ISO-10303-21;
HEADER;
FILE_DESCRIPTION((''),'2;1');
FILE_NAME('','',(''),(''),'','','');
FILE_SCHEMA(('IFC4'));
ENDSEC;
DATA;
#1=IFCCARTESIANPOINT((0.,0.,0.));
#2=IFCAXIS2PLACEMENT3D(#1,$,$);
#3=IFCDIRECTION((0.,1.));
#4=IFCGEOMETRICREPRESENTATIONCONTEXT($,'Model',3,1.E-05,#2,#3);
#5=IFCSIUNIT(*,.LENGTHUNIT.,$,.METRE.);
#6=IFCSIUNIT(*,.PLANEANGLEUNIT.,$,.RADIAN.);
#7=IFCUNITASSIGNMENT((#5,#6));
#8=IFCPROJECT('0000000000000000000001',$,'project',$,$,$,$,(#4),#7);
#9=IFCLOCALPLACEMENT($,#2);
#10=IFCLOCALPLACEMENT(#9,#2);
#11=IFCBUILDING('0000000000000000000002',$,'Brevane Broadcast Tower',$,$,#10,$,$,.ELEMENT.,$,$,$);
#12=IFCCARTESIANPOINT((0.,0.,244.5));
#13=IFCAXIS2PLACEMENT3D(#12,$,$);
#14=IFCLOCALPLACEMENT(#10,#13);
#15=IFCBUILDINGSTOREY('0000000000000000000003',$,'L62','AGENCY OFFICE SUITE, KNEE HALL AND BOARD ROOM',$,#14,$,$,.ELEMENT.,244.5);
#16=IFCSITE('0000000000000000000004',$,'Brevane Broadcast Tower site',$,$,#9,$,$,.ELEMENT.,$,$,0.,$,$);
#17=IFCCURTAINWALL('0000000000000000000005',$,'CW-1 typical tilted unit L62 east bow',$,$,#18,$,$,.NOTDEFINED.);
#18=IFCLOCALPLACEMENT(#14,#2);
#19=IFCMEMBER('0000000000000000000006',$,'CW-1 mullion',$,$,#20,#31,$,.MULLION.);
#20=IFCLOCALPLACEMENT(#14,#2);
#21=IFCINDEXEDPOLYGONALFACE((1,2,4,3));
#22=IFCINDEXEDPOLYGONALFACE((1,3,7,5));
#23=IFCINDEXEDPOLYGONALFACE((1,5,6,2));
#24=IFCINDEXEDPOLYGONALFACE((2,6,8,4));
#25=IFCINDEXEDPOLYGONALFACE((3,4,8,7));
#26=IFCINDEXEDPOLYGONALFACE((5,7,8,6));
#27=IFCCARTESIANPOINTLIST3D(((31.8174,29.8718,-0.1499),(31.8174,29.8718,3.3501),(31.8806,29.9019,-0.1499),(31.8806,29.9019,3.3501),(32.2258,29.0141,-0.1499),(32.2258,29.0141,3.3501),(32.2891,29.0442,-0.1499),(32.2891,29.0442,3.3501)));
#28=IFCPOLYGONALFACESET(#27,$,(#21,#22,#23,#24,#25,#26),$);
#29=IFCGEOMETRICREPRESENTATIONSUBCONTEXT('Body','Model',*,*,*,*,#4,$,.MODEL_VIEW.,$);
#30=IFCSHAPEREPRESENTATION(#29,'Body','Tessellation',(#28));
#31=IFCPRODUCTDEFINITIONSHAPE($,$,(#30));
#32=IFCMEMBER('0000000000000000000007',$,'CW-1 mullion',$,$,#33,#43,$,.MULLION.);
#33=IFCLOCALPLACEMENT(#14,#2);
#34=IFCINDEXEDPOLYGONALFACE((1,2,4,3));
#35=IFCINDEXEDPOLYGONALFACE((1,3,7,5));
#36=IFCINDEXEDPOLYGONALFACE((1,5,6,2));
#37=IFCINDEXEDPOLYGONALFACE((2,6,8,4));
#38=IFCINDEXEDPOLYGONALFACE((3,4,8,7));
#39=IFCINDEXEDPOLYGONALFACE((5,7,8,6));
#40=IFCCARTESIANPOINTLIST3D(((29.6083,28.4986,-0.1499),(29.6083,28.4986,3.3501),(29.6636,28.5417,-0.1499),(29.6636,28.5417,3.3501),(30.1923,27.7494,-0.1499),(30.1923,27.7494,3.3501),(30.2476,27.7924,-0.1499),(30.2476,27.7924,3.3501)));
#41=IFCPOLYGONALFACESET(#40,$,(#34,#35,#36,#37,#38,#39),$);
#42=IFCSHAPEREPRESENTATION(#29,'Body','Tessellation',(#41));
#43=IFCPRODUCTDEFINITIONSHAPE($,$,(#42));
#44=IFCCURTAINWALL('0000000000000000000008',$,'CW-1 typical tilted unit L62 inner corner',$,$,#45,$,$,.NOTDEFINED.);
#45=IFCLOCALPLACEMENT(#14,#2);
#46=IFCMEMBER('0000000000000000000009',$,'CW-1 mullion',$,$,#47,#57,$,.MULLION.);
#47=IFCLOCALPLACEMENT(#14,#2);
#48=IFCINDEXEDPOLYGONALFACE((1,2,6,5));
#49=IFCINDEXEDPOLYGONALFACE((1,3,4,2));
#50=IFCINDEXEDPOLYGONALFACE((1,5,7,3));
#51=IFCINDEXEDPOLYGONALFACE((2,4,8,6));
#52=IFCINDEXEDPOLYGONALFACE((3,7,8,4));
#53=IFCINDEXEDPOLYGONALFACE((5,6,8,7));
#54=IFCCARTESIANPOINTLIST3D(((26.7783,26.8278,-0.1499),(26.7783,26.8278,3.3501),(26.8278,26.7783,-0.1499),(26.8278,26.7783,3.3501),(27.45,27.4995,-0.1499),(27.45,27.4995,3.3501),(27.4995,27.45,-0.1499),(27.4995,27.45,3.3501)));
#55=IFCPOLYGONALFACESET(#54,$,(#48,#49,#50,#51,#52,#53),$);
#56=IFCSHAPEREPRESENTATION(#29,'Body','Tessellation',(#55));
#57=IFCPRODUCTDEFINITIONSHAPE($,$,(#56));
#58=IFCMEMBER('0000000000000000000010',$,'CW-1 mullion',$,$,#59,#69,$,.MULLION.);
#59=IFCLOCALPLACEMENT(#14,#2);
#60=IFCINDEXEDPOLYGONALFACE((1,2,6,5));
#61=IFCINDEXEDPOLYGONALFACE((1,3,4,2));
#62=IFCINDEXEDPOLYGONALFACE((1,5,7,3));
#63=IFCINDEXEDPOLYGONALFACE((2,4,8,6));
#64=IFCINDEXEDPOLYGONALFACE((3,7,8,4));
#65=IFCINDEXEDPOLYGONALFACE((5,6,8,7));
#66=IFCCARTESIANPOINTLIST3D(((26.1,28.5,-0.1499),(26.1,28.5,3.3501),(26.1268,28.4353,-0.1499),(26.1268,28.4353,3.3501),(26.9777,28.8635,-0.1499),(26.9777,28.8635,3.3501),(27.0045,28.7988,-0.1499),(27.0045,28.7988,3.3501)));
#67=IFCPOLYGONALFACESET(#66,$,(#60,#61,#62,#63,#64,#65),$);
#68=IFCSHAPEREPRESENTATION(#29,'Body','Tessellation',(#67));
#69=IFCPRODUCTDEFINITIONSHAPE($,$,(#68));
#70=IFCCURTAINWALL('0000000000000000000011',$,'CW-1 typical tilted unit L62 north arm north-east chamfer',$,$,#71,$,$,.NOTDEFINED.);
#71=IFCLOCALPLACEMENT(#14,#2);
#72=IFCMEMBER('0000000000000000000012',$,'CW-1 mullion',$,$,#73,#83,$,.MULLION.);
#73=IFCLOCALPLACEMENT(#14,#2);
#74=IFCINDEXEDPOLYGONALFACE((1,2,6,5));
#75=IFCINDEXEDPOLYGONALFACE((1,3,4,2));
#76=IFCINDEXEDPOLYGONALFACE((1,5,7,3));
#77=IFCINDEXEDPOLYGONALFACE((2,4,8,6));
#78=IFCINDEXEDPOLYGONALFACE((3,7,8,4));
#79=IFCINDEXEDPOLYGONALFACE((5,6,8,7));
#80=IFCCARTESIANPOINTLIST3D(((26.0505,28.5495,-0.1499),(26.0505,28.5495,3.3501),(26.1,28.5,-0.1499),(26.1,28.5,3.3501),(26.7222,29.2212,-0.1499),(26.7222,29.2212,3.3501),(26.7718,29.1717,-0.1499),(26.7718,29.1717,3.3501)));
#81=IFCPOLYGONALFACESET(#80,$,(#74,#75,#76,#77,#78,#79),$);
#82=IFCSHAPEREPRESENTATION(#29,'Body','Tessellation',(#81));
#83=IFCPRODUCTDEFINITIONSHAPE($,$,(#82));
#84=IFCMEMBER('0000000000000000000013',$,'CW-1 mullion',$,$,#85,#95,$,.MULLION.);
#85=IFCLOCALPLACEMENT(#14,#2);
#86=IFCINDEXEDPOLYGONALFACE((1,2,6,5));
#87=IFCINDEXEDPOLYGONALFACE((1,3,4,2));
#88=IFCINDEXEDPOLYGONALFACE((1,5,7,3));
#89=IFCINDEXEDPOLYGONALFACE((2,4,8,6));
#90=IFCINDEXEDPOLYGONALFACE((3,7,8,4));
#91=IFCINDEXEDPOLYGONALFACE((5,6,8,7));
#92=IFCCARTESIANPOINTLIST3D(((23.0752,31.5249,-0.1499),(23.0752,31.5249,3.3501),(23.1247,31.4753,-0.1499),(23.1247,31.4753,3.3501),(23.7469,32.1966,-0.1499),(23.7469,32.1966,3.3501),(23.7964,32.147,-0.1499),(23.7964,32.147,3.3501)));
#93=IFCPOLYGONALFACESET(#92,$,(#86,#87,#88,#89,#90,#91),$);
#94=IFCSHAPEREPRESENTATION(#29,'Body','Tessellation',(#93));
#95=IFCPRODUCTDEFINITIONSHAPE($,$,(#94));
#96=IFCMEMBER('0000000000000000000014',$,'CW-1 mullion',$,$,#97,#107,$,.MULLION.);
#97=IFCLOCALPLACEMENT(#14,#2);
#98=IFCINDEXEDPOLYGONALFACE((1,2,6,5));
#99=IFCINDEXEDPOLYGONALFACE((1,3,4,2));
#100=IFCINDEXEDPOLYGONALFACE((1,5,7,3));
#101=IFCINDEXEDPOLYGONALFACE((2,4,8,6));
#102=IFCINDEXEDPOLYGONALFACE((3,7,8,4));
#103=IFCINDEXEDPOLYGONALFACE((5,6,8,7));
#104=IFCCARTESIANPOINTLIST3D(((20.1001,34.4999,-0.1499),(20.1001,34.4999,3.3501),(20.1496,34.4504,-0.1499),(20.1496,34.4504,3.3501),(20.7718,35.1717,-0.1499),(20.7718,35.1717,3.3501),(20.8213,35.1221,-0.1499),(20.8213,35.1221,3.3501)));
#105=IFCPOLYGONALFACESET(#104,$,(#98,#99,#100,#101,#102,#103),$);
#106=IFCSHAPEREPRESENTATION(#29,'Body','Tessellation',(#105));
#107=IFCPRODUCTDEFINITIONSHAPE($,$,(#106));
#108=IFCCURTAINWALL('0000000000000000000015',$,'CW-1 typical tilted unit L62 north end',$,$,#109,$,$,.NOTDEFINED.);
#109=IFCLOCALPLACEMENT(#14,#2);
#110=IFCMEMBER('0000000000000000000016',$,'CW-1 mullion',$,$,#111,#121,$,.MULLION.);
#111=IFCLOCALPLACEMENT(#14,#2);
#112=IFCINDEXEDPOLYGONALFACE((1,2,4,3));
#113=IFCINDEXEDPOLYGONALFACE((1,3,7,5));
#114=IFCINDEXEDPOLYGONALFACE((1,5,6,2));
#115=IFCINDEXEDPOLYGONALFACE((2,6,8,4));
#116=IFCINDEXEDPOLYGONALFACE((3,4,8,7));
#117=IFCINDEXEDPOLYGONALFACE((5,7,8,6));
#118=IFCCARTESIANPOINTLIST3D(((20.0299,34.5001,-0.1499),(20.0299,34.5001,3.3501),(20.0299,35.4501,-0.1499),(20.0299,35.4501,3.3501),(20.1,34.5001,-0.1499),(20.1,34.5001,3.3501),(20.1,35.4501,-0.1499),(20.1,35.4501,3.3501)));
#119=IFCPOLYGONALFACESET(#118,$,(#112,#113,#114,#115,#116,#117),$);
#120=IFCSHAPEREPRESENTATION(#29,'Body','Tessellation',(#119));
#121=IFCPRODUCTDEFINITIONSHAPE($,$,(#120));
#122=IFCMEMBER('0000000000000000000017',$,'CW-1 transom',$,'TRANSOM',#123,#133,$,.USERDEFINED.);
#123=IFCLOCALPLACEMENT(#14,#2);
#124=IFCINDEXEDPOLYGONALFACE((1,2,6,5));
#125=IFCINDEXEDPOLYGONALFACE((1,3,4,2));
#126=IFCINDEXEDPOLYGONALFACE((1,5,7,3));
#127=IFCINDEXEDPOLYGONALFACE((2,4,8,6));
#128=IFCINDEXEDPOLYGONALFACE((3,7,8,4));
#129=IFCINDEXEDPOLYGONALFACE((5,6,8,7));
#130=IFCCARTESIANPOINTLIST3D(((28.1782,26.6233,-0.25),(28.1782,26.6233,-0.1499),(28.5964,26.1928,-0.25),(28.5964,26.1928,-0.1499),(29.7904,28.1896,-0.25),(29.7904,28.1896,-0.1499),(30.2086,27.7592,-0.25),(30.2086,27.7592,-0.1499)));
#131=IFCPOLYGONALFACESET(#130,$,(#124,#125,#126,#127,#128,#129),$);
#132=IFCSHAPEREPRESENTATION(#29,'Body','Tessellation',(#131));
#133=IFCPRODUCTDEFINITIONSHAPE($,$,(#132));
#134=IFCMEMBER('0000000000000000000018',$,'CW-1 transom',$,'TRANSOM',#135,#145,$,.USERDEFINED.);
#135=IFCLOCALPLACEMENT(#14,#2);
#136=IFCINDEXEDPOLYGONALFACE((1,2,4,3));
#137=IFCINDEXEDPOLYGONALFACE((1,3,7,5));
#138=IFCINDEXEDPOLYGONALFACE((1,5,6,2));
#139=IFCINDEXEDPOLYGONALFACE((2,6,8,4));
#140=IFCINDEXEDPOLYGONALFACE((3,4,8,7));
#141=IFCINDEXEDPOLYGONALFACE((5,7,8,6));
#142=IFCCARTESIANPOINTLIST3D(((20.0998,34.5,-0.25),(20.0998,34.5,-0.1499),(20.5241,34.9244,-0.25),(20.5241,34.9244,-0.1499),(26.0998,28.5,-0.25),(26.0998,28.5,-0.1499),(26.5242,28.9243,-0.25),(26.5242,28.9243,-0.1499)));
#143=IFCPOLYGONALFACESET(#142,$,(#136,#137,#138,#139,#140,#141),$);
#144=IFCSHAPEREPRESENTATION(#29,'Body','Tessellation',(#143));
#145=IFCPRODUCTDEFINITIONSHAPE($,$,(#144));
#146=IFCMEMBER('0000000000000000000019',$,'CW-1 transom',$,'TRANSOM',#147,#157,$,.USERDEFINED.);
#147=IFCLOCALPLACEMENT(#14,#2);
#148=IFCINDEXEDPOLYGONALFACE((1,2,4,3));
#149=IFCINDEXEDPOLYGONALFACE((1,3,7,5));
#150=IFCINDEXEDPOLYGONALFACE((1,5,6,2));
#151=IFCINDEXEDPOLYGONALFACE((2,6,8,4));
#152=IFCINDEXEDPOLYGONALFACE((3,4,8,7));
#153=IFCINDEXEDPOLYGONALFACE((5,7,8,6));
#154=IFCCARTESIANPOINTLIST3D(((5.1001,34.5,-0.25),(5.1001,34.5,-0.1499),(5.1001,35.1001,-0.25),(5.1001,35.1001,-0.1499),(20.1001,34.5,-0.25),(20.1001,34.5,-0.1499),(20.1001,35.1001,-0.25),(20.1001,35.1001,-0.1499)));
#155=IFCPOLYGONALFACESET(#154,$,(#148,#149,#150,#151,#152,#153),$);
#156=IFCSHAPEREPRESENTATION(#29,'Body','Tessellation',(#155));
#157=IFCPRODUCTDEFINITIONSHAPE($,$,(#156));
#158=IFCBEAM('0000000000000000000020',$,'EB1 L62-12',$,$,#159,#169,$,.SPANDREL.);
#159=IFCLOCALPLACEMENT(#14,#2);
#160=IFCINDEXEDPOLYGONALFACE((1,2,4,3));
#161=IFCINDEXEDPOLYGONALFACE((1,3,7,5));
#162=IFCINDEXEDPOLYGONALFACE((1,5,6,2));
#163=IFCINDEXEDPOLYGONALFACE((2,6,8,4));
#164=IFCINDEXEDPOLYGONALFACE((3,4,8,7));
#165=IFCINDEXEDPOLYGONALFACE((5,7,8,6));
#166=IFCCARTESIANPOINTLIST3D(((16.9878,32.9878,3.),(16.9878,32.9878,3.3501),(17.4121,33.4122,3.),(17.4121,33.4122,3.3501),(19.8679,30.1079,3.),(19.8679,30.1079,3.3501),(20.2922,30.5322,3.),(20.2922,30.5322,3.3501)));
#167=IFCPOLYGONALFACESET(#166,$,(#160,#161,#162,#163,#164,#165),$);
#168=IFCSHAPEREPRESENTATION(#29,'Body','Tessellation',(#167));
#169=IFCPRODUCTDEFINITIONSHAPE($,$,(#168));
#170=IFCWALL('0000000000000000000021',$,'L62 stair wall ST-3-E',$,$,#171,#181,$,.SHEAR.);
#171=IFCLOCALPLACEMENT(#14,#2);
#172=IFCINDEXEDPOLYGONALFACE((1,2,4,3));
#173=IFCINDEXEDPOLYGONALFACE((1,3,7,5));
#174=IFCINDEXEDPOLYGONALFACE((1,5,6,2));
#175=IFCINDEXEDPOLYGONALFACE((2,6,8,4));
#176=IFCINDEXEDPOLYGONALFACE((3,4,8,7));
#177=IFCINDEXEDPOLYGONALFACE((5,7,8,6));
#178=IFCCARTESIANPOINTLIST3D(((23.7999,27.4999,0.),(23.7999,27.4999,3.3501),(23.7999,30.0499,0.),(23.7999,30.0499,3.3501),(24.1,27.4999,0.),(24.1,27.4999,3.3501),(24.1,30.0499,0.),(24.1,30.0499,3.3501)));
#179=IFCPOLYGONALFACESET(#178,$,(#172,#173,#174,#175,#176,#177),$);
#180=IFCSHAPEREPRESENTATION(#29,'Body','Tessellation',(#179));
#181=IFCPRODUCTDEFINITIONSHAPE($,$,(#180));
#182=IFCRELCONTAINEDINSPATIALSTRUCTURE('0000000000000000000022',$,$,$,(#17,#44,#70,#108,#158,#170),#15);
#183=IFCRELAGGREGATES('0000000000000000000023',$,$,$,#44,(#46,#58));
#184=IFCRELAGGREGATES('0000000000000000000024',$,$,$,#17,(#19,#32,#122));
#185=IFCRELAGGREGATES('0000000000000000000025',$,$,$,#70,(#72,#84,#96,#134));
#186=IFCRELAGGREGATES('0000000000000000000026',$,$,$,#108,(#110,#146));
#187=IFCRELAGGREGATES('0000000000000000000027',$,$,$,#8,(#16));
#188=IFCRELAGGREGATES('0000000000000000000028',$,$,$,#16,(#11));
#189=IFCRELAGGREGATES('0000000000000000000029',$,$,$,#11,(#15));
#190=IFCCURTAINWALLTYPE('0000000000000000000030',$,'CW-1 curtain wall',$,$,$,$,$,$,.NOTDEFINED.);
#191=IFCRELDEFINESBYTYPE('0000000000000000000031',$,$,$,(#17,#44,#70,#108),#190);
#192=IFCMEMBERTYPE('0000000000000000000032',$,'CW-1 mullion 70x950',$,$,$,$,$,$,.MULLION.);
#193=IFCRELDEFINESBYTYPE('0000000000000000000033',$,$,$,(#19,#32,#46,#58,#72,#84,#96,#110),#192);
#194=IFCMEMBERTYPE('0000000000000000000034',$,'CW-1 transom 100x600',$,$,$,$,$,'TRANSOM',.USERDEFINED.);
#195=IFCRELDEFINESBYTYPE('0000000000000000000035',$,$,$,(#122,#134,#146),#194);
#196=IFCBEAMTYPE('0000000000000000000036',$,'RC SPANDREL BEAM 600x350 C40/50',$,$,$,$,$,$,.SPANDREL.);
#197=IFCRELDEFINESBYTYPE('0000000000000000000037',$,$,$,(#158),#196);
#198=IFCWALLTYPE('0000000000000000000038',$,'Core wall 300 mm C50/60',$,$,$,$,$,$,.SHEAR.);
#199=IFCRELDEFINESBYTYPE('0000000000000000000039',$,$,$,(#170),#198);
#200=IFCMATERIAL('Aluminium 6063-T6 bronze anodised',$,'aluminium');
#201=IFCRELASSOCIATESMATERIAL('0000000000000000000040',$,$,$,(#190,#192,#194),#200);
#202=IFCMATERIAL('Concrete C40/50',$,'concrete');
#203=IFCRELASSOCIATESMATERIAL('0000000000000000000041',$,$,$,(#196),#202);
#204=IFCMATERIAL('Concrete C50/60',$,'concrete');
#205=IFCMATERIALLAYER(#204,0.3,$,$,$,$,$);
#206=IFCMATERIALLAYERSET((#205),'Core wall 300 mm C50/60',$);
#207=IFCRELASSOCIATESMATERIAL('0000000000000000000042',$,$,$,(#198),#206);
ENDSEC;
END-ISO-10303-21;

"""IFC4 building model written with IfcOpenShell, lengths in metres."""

from ifc_helpers import new_model, si_unit, direction, frame, frame_2d, origin, origin_2d, place, context, subcontext, project, spatial, rectangle, extrude, material, layer, layer_set, material_profile, profile_set, type_object, element, aggregate, save


model = new_model("IFC4")

# Units and contexts
model_context = context("Model", 3, precision=1e-05, world=origin(), true_north=direction((0.0, 1.0)))
body_context = subcontext(model_context, "Body", "Model", "MODEL_VIEW")
ifc_project = project(units=[si_unit("LENGTHUNIT", "METRE"), si_unit("PLANEANGLEUNIT", "RADIAN")], contexts=[model_context])

# Site, building, storey
site_placement = place(None, origin())
site = spatial("IfcSite", under=ifc_project, at=site_placement, Name="Brevane Broadcast Tower site", CompositionType="ELEMENT", RefElevation=0.0)
building_placement = place(site_placement, origin())
building = spatial("IfcBuilding", under=site, at=building_placement, Name="Brevane Broadcast Tower", CompositionType="ELEMENT")
storey_placement = place(building_placement, frame((0.0, 0.0, 244.5)))
storey = spatial("IfcBuildingStorey", under=building, at=storey_placement, Name="L62", Description="AGENCY OFFICE SUITE, KNEE HALL AND BOARD ROOM", CompositionType="ELEMENT", Elevation=244.5)

# Curtain walls, members
ifc_material_1 = material(Name="Aluminium 6063-T6 bronze anodised", Category="aluminium")
curtain_wall_type = type_object("IfcCurtainWallType", Name="CW-1 curtain wall", PredefinedType="NOTDEFINED", material=ifc_material_1)
curtain_wall_1_placement = place(storey_placement, origin())
curtain_wall_1 = element("IfcCurtainWall", 1, at=curtain_wall_1_placement, inside=storey, type_object=curtain_wall_type, Name="CW-1 typical tilted unit L62 east bow", PredefinedType="NOTDEFINED")
ifc_material_profile_1 = material_profile(ifc_material_1, rectangle(XDim=0.95, YDim=0.0701, at=origin_2d()), Name="RECT 70x950")
ifc_profile_set_1 = profile_set([ifc_material_profile_1], Name="Aluminium 6063-T6 bronze anodised")
member_type_1 = type_object("IfcMemberType", Name="CW-1 mullion 70x950", PredefinedType="MULLION", material=ifc_profile_set_1)
member_1_placement = place(storey_placement, frame((32.0532, 29.458, -0.1499), z_axis=(0.0, 0.0, 1.0), x_axis=(0.429934, -0.902861, 0.0)))
member_1 = element("IfcMember", 2, at=member_1_placement, type_object=member_type_1, Name="CW-1 mullion", PredefinedType="MULLION", context=body_context, shape_type="SweptSolid", body=[
    extrude(rectangle(XDim=0.95, YDim=0.0701, at=origin_2d()), origin(), (0.0, 0.0, 1.0), 3.5),
])
member_2_placement = place(storey_placement, frame((29.928, 28.1455, -0.1499), z_axis=(0.0, 0.0, 1.0), x_axis=(0.61477, -0.788707, 0.0)))
member_2 = element("IfcMember", 3, at=member_2_placement, type_object=member_type_1, Name="CW-1 mullion", PredefinedType="MULLION", context=body_context, shape_type="SweptSolid", body=[
    extrude(rectangle(XDim=0.95, YDim=0.0701, at=origin_2d()), origin(), (0.0, 0.0, 1.0), 3.5),
])
curtain_wall_2_placement = place(storey_placement, origin())
curtain_wall_2 = element("IfcCurtainWall", 4, at=curtain_wall_2_placement, inside=storey, type_object=curtain_wall_type, Name="CW-1 typical tilted unit L62 inner corner", PredefinedType="NOTDEFINED")
member_3_placement = place(storey_placement, frame((27.1389, 27.1389, -0.1499), z_axis=(0.0, 0.0, 1.0), x_axis=(-0.707107, -0.707107, 0.0)))
member_3 = element("IfcMember", 5, at=member_3_placement, type_object=member_type_1, Name="CW-1 mullion", PredefinedType="MULLION", context=body_context, shape_type="SweptSolid", body=[
    extrude(rectangle(XDim=0.95, YDim=0.0701, at=origin_2d()), origin(), (0.0, 0.0, 1.0), 3.5),
])
member_4_placement = place(storey_placement, frame((26.5522, 28.6494, -0.1499), z_axis=(0.0, 0.0, 1.0), x_axis=(-0.92388, -0.382683, 0.0)))
member_4 = element("IfcMember", 6, at=member_4_placement, type_object=member_type_1, Name="CW-1 mullion", PredefinedType="MULLION", context=body_context, shape_type="SweptSolid", body=[
    extrude(rectangle(XDim=0.95, YDim=0.0701, at=origin_2d()), origin(), (0.0, 0.0, 1.0), 3.5),
])
aggregate(curtain_wall_2, [member_3, member_4])
curtain_wall_3_placement = place(storey_placement, origin())
curtain_wall_3 = element("IfcCurtainWall", 7, at=curtain_wall_3_placement, inside=storey, type_object=curtain_wall_type, Name="CW-1 typical tilted unit L62 north arm north-east chamfer", PredefinedType="NOTDEFINED")
member_5_placement = place(storey_placement, frame((26.4111, 28.8606, -0.1499), z_axis=(0.0, 0.0, 1.0), x_axis=(-0.707107, -0.707107, 0.0)))
member_5 = element("IfcMember", 8, at=member_5_placement, type_object=member_type_1, Name="CW-1 mullion", PredefinedType="MULLION", context=body_context, shape_type="SweptSolid", body=[
    extrude(rectangle(XDim=0.95, YDim=0.0701, at=origin_2d()), origin(), (0.0, 0.0, 1.0), 3.5),
])
member_6_placement = place(storey_placement, frame((23.4358, 31.8359, -0.1499), z_axis=(0.0, 0.0, 1.0), x_axis=(-0.707107, -0.707107, 0.0)))
member_6 = element("IfcMember", 9, at=member_6_placement, type_object=member_type_1, Name="CW-1 mullion", PredefinedType="MULLION", context=body_context, shape_type="SweptSolid", body=[
    extrude(rectangle(XDim=0.95, YDim=0.0701, at=origin_2d()), origin(), (0.0, 0.0, 1.0), 3.5),
])
member_7_placement = place(storey_placement, frame((20.4607, 34.811, -0.1499), z_axis=(0.0, 0.0, 1.0), x_axis=(-0.707107, -0.707107, 0.0)))
member_7 = element("IfcMember", 10, at=member_7_placement, type_object=member_type_1, Name="CW-1 mullion", PredefinedType="MULLION", context=body_context, shape_type="SweptSolid", body=[
    extrude(rectangle(XDim=0.95, YDim=0.0701, at=origin_2d()), origin(), (0.0, 0.0, 1.0), 3.5),
])

# Curtain wall, member
curtain_wall_4_placement = place(storey_placement, origin())
curtain_wall_4 = element("IfcCurtainWall", 11, at=curtain_wall_4_placement, inside=storey, type_object=curtain_wall_type, Name="CW-1 typical tilted unit L62 north end", PredefinedType="NOTDEFINED")
member_8_placement = place(storey_placement, frame((20.0649, 34.9751, -0.1499), z_axis=(0.0, 0.0, 1.0), x_axis=(0.0, -1.0, 0.0)))
member_8 = element("IfcMember", 12, at=member_8_placement, type_object=member_type_1, Name="CW-1 mullion", PredefinedType="MULLION", context=body_context, shape_type="SweptSolid", body=[
    extrude(rectangle(XDim=0.95, YDim=0.0701, at=origin_2d()), origin(), (0.0, 0.0, 1.0), 3.5),
])

# Members
ifc_material_profile_2 = material_profile(ifc_material_1, rectangle(XDim=0.6001, YDim=0.1001, at=origin_2d()), Name="RECT 100x600")
ifc_profile_set_2 = profile_set([ifc_material_profile_2], Name="Aluminium 6063-T6 bronze anodised")
member_type_2 = type_object("IfcMemberType", Name="CW-1 transom 100x600", ElementType="TRANSOM", PredefinedType="USERDEFINED", material=ifc_profile_set_2)
member_9_placement = place(storey_placement, frame((29.9995, 27.9744, -0.2), z_axis=(-0.717242, -0.696824, 0.0), x_axis=(0.696824, -0.717242, 0.0)))
member_9 = element("IfcMember", 13, at=member_9_placement, type_object=member_type_2, Name="CW-1 transom", ObjectType="TRANSOM", PredefinedType="USERDEFINED", context=body_context, shape_type="SweptSolid", body=[
    extrude(rectangle(XDim=0.6001, YDim=0.1001, at=origin_2d()), origin(), (0.0, 0.0, 1.0), 2.2478),
])
aggregate(curtain_wall_1, [member_1, member_2, member_9])
member_10_placement = place(storey_placement, frame((26.312, 28.7122, -0.2), z_axis=(-0.707107, 0.707107, 0.0), x_axis=(-0.707107, -0.707107, 0.0)))
member_10 = element("IfcMember", 14, at=member_10_placement, type_object=member_type_2, Name="CW-1 transom", ObjectType="TRANSOM", PredefinedType="USERDEFINED", context=body_context, shape_type="SweptSolid", body=[
    extrude(rectangle(XDim=0.6001, YDim=0.1001, at=origin_2d()), origin(), (0.0, 0.0, 1.0), 8.4854),
])
aggregate(curtain_wall_3, [member_5, member_6, member_7, member_10])
member_11_placement = place(storey_placement, frame((20.1001, 34.8, -0.2), z_axis=(-1.0, 0.0, 0.0), x_axis=(0.0, -1.0, 0.0)))
member_11 = element("IfcMember", 15, at=member_11_placement, type_object=member_type_2, Name="CW-1 transom", ObjectType="TRANSOM", PredefinedType="USERDEFINED", context=body_context, shape_type="SweptSolid", body=[
    extrude(rectangle(XDim=0.6001, YDim=0.1001, at=origin_2d()), origin(), (0.0, 0.0, 1.0), 15.0),
])
aggregate(curtain_wall_4, [member_8, member_11])

# Beam
ifc_material_2 = material(Name="Concrete C40/50", Category="concrete")
ifc_material_profile_3 = material_profile(ifc_material_2, rectangle(XDim=0.6001, YDim=0.3501, at=origin_2d()), Name="RC 600x350")
ifc_profile_set_3 = profile_set([ifc_material_profile_3], Name="Concrete C40/50")
beam_type = type_object("IfcBeamType", Name="RC SPANDREL BEAM 600x350 C40/50", PredefinedType="SPANDREL", material=ifc_profile_set_3)
beam_placement = place(storey_placement, frame((20.0801, 30.3201, 3.175), z_axis=(-0.707137, 0.707077, 0.0), x_axis=(-0.707077, -0.707137, 0.0)))
element("IfcBeam", 16, at=beam_placement, inside=storey, type_object=beam_type, Name="EB1 L62-12", PredefinedType="SPANDREL", context=body_context, shape_type="SweptSolid", body=[
    extrude(rectangle(XDim=0.6001, YDim=0.3501, at=origin_2d()), origin(), (0.0, 0.0, 1.0), 4.073),
])

# Wall
ifc_material_3 = material(Name="Concrete C50/60", Category="concrete")
ifc_layer_1 = layer(ifc_material_3, 0.3)
ifc_layer_set_1 = layer_set([ifc_layer_1], Name="Core wall 300 mm C50/60")
wall_type_1 = type_object("IfcWallType", Name="Core wall 300 mm C50/60", PredefinedType="SHEAR", material=ifc_layer_set_1)
wall_1_placement = place(storey_placement, frame((23.95, 27.5, 0.0), z_axis=(0.0, 0.0, 1.0), x_axis=(0.0, 1.0, 0.0)))
element("IfcWall", 17, at=wall_1_placement, inside=storey, type_object=wall_type_1, Name="L62 stair wall ST-3-E", PredefinedType="SHEAR", context=body_context, shape_type="SweptSolid", body=[
    extrude(rectangle(XDim=2.55, YDim=0.3, at=frame_2d((1.2749, 0.0))), origin(), (0.0, 0.0, 1.0), 3.3501),
])

save(model, "model.ifc")
